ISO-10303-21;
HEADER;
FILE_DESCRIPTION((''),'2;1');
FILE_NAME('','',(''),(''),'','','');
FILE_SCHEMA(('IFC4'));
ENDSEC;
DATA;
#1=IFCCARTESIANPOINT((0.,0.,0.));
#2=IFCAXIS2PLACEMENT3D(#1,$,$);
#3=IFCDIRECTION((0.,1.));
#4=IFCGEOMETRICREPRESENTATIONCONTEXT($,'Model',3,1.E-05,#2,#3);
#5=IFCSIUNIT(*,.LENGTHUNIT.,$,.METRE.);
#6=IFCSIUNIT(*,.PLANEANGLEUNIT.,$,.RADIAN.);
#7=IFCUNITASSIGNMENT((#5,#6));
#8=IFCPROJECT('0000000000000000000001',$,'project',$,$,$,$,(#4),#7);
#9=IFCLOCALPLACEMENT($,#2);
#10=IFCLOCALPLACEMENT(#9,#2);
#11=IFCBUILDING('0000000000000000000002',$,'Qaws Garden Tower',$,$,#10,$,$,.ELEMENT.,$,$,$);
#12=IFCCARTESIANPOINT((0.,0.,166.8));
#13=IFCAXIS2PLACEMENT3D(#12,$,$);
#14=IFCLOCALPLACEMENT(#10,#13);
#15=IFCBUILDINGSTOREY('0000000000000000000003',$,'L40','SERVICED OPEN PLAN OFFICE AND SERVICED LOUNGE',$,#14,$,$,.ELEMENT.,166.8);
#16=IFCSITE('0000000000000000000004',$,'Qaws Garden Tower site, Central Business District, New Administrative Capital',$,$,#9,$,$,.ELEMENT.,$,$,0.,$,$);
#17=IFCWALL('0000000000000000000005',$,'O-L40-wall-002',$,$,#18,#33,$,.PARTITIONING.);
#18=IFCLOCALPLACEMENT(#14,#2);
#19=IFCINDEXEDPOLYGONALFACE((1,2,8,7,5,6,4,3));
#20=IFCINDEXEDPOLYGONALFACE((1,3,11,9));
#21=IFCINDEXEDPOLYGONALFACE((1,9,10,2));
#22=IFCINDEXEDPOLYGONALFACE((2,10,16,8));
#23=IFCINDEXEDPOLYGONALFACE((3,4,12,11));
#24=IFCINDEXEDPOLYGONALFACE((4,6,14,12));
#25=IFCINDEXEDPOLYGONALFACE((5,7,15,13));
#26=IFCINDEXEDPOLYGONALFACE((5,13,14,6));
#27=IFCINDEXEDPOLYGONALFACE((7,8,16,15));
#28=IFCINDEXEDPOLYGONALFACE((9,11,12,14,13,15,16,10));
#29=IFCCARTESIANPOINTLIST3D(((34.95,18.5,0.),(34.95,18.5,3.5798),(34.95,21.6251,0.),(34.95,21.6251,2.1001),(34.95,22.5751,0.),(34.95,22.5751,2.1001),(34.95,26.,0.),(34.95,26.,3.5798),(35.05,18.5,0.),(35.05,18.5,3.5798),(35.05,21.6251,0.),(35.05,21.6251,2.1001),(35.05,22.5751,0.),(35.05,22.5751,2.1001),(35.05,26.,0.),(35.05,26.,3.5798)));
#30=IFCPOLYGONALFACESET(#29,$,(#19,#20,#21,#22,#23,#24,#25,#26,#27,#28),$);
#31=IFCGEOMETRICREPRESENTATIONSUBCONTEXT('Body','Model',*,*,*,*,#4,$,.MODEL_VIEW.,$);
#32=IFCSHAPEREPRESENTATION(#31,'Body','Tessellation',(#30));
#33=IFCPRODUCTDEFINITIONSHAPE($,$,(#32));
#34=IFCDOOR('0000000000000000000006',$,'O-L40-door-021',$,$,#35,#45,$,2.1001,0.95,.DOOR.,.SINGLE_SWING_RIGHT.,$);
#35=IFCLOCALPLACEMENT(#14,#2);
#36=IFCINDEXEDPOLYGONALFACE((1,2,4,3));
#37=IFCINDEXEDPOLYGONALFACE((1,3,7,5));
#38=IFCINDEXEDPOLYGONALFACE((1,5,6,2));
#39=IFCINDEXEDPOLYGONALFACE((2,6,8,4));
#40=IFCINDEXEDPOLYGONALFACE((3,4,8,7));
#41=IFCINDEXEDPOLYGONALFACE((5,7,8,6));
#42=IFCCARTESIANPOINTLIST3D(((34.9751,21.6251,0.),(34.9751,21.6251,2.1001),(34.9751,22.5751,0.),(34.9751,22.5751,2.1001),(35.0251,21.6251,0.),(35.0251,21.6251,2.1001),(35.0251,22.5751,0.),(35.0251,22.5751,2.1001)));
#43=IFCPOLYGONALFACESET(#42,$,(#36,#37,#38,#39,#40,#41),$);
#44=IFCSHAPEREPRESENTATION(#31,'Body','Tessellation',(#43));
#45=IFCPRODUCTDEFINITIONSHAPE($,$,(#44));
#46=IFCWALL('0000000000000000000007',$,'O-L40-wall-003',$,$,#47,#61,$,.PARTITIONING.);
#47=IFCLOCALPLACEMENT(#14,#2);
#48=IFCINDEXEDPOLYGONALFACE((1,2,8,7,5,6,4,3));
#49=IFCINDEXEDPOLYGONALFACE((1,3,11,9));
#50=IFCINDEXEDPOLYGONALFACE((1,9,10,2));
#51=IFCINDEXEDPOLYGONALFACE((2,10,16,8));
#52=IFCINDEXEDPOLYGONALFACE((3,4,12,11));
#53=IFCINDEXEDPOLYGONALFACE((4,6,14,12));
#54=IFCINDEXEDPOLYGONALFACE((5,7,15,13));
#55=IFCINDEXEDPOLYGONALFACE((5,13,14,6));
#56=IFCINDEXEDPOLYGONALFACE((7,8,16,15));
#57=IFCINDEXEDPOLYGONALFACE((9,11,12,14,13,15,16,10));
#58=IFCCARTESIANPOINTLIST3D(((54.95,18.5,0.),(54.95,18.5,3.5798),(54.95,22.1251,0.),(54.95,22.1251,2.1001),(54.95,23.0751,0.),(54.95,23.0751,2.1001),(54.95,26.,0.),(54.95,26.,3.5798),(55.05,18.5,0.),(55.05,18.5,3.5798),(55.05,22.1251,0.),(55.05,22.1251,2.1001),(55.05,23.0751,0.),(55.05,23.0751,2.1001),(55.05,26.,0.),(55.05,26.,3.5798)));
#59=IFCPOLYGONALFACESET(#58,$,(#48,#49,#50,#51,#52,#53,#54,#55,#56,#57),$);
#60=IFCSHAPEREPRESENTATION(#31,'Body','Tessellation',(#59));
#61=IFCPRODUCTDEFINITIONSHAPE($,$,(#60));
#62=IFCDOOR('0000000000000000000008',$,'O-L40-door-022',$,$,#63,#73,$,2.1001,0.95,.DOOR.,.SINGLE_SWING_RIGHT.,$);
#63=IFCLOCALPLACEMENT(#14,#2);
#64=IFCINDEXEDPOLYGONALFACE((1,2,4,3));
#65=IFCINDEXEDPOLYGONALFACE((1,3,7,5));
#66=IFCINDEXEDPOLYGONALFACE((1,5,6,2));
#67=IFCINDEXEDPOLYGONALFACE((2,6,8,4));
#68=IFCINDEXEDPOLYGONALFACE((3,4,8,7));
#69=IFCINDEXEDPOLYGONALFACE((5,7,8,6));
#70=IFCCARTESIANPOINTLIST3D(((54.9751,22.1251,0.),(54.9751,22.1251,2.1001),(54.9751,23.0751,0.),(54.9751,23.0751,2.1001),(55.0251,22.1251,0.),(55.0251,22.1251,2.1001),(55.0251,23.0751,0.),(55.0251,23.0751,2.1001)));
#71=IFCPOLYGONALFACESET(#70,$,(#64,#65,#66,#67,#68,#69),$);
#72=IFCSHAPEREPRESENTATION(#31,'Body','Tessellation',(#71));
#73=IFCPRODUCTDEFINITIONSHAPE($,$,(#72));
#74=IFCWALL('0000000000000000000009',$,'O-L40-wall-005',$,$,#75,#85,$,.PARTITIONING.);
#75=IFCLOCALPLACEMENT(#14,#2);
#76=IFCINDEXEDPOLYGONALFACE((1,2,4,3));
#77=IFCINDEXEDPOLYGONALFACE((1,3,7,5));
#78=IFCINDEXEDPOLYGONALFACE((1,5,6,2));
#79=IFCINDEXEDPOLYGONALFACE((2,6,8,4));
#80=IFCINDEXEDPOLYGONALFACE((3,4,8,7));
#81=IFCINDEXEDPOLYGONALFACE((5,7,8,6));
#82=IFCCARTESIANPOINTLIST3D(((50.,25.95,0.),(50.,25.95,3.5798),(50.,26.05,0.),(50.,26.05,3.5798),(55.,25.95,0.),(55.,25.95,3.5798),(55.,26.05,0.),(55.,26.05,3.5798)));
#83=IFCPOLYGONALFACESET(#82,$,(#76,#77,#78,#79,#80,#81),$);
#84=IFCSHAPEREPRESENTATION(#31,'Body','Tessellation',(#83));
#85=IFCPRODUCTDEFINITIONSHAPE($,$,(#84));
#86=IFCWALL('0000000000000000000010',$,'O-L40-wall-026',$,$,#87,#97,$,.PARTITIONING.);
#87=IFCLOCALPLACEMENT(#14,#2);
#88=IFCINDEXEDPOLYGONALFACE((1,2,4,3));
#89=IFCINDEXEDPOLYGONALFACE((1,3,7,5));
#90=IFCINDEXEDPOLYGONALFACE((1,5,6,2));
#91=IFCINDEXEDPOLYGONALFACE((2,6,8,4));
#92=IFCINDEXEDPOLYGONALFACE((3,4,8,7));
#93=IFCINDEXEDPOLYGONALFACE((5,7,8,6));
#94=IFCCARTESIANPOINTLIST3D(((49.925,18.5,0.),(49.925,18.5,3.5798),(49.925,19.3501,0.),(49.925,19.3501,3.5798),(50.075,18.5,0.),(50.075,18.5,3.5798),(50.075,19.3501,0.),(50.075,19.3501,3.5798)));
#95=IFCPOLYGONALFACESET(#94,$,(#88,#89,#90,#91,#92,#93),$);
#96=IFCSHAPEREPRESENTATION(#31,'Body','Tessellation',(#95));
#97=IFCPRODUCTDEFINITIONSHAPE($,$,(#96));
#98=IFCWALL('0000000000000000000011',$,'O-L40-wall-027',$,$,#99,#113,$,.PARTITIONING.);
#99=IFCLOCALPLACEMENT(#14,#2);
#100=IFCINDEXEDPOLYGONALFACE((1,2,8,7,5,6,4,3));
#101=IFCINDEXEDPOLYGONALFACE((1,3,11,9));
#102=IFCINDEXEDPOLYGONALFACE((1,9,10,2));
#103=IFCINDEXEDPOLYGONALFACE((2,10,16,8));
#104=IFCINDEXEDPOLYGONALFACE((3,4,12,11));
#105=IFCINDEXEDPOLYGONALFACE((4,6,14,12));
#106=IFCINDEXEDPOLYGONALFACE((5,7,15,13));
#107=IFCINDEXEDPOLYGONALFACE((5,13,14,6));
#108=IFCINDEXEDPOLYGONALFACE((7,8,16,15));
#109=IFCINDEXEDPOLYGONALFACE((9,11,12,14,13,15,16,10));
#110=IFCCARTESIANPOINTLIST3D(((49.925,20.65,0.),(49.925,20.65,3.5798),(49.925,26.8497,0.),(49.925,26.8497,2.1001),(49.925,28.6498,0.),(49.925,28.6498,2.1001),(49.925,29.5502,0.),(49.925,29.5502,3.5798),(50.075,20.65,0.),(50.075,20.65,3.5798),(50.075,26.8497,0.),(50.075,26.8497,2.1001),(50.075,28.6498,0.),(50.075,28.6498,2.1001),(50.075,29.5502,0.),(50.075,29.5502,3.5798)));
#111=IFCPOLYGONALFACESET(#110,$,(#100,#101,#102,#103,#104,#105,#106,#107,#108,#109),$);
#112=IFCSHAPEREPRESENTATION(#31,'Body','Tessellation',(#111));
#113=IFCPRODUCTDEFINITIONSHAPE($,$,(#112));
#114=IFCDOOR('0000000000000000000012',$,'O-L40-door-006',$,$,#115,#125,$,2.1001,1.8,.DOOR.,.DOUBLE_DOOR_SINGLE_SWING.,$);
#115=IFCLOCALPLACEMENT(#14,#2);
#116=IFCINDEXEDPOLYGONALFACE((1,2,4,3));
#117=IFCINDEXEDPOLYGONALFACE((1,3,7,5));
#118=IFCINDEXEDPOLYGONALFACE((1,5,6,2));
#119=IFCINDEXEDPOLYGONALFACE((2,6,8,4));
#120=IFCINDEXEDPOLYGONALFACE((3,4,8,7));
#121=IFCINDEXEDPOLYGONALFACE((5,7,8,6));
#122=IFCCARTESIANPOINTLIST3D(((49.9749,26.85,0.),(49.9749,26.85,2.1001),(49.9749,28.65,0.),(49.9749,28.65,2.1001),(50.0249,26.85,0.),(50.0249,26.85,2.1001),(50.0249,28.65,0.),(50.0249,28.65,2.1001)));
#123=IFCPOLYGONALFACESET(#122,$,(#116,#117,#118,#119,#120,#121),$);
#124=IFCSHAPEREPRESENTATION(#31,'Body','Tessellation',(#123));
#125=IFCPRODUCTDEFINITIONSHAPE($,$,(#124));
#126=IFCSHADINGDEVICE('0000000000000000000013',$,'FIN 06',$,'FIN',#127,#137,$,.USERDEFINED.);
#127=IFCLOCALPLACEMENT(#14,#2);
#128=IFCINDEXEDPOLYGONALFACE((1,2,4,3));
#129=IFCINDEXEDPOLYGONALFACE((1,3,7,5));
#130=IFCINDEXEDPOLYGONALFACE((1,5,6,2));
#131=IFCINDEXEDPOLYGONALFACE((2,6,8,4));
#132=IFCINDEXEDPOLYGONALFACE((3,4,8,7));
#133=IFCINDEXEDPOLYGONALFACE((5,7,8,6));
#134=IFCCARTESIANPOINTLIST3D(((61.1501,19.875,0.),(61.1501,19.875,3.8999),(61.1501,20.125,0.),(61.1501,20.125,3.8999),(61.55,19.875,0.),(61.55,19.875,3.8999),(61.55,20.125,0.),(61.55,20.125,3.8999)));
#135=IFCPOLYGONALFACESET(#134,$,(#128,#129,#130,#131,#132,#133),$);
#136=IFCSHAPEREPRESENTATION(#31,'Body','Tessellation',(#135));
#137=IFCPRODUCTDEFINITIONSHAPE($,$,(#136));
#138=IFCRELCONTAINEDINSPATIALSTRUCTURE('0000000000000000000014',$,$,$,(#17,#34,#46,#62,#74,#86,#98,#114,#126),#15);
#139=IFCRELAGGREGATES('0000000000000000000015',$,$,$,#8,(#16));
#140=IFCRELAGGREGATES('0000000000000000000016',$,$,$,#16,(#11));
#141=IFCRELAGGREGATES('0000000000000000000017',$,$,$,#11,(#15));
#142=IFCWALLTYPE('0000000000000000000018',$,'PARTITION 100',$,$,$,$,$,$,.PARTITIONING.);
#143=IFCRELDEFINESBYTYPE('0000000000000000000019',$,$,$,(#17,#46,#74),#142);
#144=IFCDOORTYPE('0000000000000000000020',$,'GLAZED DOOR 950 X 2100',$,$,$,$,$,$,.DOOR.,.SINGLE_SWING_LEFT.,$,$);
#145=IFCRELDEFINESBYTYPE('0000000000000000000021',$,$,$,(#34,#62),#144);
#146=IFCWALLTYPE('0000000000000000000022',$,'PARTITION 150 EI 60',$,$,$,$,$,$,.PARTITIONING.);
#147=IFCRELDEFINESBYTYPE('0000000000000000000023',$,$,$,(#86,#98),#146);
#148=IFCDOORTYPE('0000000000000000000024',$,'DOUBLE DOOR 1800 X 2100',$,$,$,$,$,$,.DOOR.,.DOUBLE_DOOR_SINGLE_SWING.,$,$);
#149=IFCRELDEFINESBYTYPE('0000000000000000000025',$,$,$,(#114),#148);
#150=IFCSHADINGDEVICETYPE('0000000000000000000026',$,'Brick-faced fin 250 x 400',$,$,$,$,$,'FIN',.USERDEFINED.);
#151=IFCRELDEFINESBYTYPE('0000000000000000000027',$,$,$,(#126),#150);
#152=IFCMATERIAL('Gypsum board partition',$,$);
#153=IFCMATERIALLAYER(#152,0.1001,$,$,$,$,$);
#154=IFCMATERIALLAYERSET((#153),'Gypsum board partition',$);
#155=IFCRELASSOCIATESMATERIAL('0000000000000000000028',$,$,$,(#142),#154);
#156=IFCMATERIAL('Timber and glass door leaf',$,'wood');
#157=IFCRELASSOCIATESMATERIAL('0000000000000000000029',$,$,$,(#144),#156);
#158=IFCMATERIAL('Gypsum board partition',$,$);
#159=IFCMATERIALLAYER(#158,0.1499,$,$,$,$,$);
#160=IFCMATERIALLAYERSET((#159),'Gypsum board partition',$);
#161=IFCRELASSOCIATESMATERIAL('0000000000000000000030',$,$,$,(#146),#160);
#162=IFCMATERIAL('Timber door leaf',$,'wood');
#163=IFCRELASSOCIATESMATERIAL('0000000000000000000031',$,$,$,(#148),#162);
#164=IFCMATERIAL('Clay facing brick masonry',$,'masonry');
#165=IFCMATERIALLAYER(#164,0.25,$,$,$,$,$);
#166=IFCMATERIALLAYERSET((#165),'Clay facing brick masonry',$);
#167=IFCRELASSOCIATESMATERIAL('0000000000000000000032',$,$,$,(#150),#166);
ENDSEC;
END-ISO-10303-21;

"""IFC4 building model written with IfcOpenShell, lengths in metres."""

from ifc_helpers import new_model, si_unit, direction, frame, frame_2d, origin, origin_2d, place, context, subcontext, project, spatial, rectangle, extrude, material, layer, layer_set, type_object, element, fill, save


model = new_model("IFC4")

# Units and contexts
model_context = context("Model", 3, precision=1e-05, world=origin(), true_north=direction((0.0, 1.0)))
body_context = subcontext(model_context, "Body", "Model", "MODEL_VIEW")
ifc_project = project(units=[si_unit("LENGTHUNIT", "METRE"), si_unit("PLANEANGLEUNIT", "RADIAN")], contexts=[model_context])

# Site, building, storey
site_placement = place(None, origin())
site = spatial("IfcSite", under=ifc_project, at=site_placement, Name="Qaws Garden Tower site, Central Business District, New Administrative Capital", CompositionType="ELEMENT", RefElevation=0.0)
building_placement = place(site_placement, origin())
building = spatial("IfcBuilding", under=site, at=building_placement, Name="Qaws Garden Tower", CompositionType="ELEMENT")
storey_placement = place(building_placement, frame((0.0, 0.0, 166.8)))
storey = spatial("IfcBuildingStorey", under=building, at=storey_placement, Name="L40", Description="SERVICED OPEN PLAN OFFICE AND SERVICED LOUNGE", CompositionType="ELEMENT", Elevation=166.8)

# Walls, openings, doors
ifc_material_1 = material(Name="Gypsum board partition")
ifc_layer_1 = layer(ifc_material_1, 0.1001)
ifc_layer_set_1 = layer_set([ifc_layer_1], Name="Gypsum board partition")
wall_type_1 = type_object("IfcWallType", Name="PARTITION 100", PredefinedType="PARTITIONING", material=ifc_layer_set_1)
wall_1_placement = place(storey_placement, frame((35.0, 18.5, 0.0), z_axis=(0.0, 0.0, 1.0), x_axis=(0.0, 1.0, 0.0)))
wall_1 = element("IfcWall", 1, at=wall_1_placement, inside=storey, type_object=wall_type_1, Name="O-L40-wall-002", PredefinedType="PARTITIONING", context=body_context, shape_type="SweptSolid", body=[
    extrude(rectangle(XDim=7.5, YDim=0.1001, at=frame_2d((3.75, 0.0))), origin(), (0.0, 0.0, 1.0), 3.5798),
])
opening_1_placement = place(wall_1_placement, frame((3.125, 0.0, 0.0)))
opening_1 = element("IfcOpeningElement", 2, at=opening_1_placement, cuts=wall_1, PredefinedType="OPENING", context=body_context, shape_type="SweptSolid", body=[
    extrude(rectangle(XDim=0.95, YDim=2.1001, at=frame_2d((0.4751, 1.05))), frame((0.0, 0.0601, 0.0), z_axis=(0.0, -1.0, 0.0), x_axis=(1.0, 0.0, 0.0)), (0.0, 0.0, 1.0), 0.1201),
])
ifc_material_2 = material(Name="Timber and glass door leaf", Category="wood")
door_type_1 = type_object("IfcDoorType", Name="GLAZED DOOR 950 X 2100", OperationType="SINGLE_SWING_LEFT", PredefinedType="DOOR", material=ifc_material_2)
door_1_placement = place(opening_1_placement, origin())
door_1 = element("IfcDoor", 3, at=door_1_placement, inside=storey, type_object=door_type_1, Name="O-L40-door-021", OperationType="SINGLE_SWING_RIGHT", OverallHeight=2.1001, OverallWidth=0.95, PredefinedType="DOOR", context=body_context, shape_type="SweptSolid", body=[
    extrude(rectangle(XDim=0.95, YDim=2.1001, at=frame_2d((0.4751, 1.05))), frame((0.0, 0.0249, 0.0), z_axis=(0.0, -1.0, 0.0), x_axis=(1.0, 0.0, 0.0)), (0.0, 0.0, 1.0), 0.05),
])
fill(opening_1, door_1)
wall_2_placement = place(storey_placement, frame((55.0, 18.5, 0.0), z_axis=(0.0, 0.0, 1.0), x_axis=(0.0, 1.0, 0.0)))
wall_2 = element("IfcWall", 4, at=wall_2_placement, inside=storey, type_object=wall_type_1, Name="O-L40-wall-003", PredefinedType="PARTITIONING", context=body_context, shape_type="SweptSolid", body=[
    extrude(rectangle(XDim=7.5, YDim=0.1001, at=frame_2d((3.75, 0.0))), origin(), (0.0, 0.0, 1.0), 3.5798),
])
opening_2_placement = place(wall_2_placement, frame((3.625, 0.0, 0.0)))
opening_2 = element("IfcOpeningElement", 5, at=opening_2_placement, cuts=wall_2, PredefinedType="OPENING", context=body_context, shape_type="SweptSolid", body=[
    extrude(rectangle(XDim=0.95, YDim=2.1001, at=frame_2d((0.4751, 1.05))), frame((0.0, 0.0601, 0.0), z_axis=(0.0, -1.0, 0.0), x_axis=(1.0, 0.0, 0.0)), (0.0, 0.0, 1.0), 0.1201),
])
door_2_placement = place(opening_2_placement, origin())
door_2 = element("IfcDoor", 6, at=door_2_placement, inside=storey, type_object=door_type_1, Name="O-L40-door-022", OperationType="SINGLE_SWING_RIGHT", OverallHeight=2.1001, OverallWidth=0.95, PredefinedType="DOOR", context=body_context, shape_type="SweptSolid", body=[
    extrude(rectangle(XDim=0.95, YDim=2.1001, at=frame_2d((0.4751, 1.05))), frame((0.0, 0.0249, 0.0), z_axis=(0.0, -1.0, 0.0), x_axis=(1.0, 0.0, 0.0)), (0.0, 0.0, 1.0), 0.05),
])
fill(opening_2, door_2)

# Walls
wall_3_placement = place(storey_placement, frame((50.0, 26.0, 0.0), z_axis=(0.0, 0.0, 1.0), x_axis=(1.0, 0.0, 0.0)))
element("IfcWall", 7, at=wall_3_placement, inside=storey, type_object=wall_type_1, Name="O-L40-wall-005", PredefinedType="PARTITIONING", context=body_context, shape_type="SweptSolid", body=[
    extrude(rectangle(XDim=5.0, YDim=0.1001, at=frame_2d((2.5, 0.0))), origin(), (0.0, 0.0, 1.0), 3.5798),
])
ifc_material_3 = material(Name="Gypsum board partition")
ifc_layer_2 = layer(ifc_material_3, 0.1499)
ifc_layer_set_2 = layer_set([ifc_layer_2], Name="Gypsum board partition")
wall_type_2 = type_object("IfcWallType", Name="PARTITION 150 EI 60", PredefinedType="PARTITIONING", material=ifc_layer_set_2)
wall_4_placement = place(storey_placement, frame((50.0, 18.5, 0.0), z_axis=(0.0, 0.0, 1.0), x_axis=(0.0, 1.0, 0.0)))
element("IfcWall", 8, at=wall_4_placement, inside=storey, type_object=wall_type_2, Name="O-L40-wall-026", PredefinedType="PARTITIONING", context=body_context, shape_type="SweptSolid", body=[
    extrude(rectangle(XDim=0.8501, YDim=0.1499, at=frame_2d((0.425, 0.0))), origin(), (0.0, 0.0, 1.0), 3.5798),
])

# Wall, opening, door
wall_5_placement = place(storey_placement, frame((50.0, 20.6499, 0.0), z_axis=(0.0, 0.0, 1.0), x_axis=(0.0, 1.0, 0.0)))
wall_5 = element("IfcWall", 9, at=wall_5_placement, inside=storey, type_object=wall_type_2, Name="O-L40-wall-027", PredefinedType="PARTITIONING", context=body_context, shape_type="SweptSolid", body=[
    extrude(rectangle(XDim=8.9001, YDim=0.1499, at=frame_2d((4.4502, 0.0))), origin(), (0.0, 0.0, 1.0), 3.5798),
])
opening_3_placement = place(wall_5_placement, frame((6.2, 0.0, 0.0)))
opening_3 = element("IfcOpeningElement", 10, at=opening_3_placement, cuts=wall_5, PredefinedType="OPENING", context=body_context, shape_type="SweptSolid", body=[
    extrude(rectangle(XDim=1.8, YDim=2.1001, at=frame_2d((0.8999, 1.05))), frame((0.0, 0.085, 0.0), z_axis=(0.0, -1.0, 0.0), x_axis=(1.0, 0.0, 0.0)), (0.0, 0.0, 1.0), 0.1699),
])
ifc_material_4 = material(Name="Timber door leaf", Category="wood")
door_type_2 = type_object("IfcDoorType", Name="DOUBLE DOOR 1800 X 2100", OperationType="DOUBLE_DOOR_SINGLE_SWING", PredefinedType="DOOR", material=ifc_material_4)
door_3_placement = place(opening_3_placement, frame((1.8, 0.0, 0.0), z_axis=(0.0, 0.0, 1.0), x_axis=(-1.0, 0.0, 0.0)))
door_3 = element("IfcDoor", 11, at=door_3_placement, inside=storey, type_object=door_type_2, Name="O-L40-door-006", OperationType="DOUBLE_DOOR_SINGLE_SWING", OverallHeight=2.1001, OverallWidth=1.8, PredefinedType="DOOR", context=body_context, shape_type="SweptSolid", body=[
    extrude(rectangle(XDim=1.8, YDim=2.1001, at=frame_2d((0.8999, 1.05))), frame((0.0, 0.0249, 0.0), z_axis=(0.0, -1.0, 0.0), x_axis=(1.0, 0.0, 0.0)), (0.0, 0.0, 1.0), 0.05),
])
fill(opening_3, door_3)

# Shading device
ifc_material_5 = material(Name="Clay facing brick masonry", Category="masonry")
ifc_layer_3 = layer(ifc_material_5, 0.25)
ifc_layer_set_3 = layer_set([ifc_layer_3], Name="Clay facing brick masonry")
shading_device_type = type_object("IfcShadingDeviceType", Name="Brick-faced fin 250 x 400", ElementType="FIN", PredefinedType="USERDEFINED", material=ifc_layer_set_3)
shading_device_placement = place(storey_placement, frame((61.3501, 20.0, 0.0), z_axis=(0.0, 0.0, 1.0), x_axis=(0.0, 1.0, 0.0)))
element("IfcShadingDevice", 12, at=shading_device_placement, inside=storey, type_object=shading_device_type, Name="FIN 06", ObjectType="FIN", PredefinedType="USERDEFINED", context=body_context, shape_type="SweptSolid", body=[
    extrude(rectangle(XDim=0.25, YDim=0.3999, at=origin_2d()), origin(), (0.0, 0.0, 1.0), 3.8999),
])

save(model, "model.ifc")
